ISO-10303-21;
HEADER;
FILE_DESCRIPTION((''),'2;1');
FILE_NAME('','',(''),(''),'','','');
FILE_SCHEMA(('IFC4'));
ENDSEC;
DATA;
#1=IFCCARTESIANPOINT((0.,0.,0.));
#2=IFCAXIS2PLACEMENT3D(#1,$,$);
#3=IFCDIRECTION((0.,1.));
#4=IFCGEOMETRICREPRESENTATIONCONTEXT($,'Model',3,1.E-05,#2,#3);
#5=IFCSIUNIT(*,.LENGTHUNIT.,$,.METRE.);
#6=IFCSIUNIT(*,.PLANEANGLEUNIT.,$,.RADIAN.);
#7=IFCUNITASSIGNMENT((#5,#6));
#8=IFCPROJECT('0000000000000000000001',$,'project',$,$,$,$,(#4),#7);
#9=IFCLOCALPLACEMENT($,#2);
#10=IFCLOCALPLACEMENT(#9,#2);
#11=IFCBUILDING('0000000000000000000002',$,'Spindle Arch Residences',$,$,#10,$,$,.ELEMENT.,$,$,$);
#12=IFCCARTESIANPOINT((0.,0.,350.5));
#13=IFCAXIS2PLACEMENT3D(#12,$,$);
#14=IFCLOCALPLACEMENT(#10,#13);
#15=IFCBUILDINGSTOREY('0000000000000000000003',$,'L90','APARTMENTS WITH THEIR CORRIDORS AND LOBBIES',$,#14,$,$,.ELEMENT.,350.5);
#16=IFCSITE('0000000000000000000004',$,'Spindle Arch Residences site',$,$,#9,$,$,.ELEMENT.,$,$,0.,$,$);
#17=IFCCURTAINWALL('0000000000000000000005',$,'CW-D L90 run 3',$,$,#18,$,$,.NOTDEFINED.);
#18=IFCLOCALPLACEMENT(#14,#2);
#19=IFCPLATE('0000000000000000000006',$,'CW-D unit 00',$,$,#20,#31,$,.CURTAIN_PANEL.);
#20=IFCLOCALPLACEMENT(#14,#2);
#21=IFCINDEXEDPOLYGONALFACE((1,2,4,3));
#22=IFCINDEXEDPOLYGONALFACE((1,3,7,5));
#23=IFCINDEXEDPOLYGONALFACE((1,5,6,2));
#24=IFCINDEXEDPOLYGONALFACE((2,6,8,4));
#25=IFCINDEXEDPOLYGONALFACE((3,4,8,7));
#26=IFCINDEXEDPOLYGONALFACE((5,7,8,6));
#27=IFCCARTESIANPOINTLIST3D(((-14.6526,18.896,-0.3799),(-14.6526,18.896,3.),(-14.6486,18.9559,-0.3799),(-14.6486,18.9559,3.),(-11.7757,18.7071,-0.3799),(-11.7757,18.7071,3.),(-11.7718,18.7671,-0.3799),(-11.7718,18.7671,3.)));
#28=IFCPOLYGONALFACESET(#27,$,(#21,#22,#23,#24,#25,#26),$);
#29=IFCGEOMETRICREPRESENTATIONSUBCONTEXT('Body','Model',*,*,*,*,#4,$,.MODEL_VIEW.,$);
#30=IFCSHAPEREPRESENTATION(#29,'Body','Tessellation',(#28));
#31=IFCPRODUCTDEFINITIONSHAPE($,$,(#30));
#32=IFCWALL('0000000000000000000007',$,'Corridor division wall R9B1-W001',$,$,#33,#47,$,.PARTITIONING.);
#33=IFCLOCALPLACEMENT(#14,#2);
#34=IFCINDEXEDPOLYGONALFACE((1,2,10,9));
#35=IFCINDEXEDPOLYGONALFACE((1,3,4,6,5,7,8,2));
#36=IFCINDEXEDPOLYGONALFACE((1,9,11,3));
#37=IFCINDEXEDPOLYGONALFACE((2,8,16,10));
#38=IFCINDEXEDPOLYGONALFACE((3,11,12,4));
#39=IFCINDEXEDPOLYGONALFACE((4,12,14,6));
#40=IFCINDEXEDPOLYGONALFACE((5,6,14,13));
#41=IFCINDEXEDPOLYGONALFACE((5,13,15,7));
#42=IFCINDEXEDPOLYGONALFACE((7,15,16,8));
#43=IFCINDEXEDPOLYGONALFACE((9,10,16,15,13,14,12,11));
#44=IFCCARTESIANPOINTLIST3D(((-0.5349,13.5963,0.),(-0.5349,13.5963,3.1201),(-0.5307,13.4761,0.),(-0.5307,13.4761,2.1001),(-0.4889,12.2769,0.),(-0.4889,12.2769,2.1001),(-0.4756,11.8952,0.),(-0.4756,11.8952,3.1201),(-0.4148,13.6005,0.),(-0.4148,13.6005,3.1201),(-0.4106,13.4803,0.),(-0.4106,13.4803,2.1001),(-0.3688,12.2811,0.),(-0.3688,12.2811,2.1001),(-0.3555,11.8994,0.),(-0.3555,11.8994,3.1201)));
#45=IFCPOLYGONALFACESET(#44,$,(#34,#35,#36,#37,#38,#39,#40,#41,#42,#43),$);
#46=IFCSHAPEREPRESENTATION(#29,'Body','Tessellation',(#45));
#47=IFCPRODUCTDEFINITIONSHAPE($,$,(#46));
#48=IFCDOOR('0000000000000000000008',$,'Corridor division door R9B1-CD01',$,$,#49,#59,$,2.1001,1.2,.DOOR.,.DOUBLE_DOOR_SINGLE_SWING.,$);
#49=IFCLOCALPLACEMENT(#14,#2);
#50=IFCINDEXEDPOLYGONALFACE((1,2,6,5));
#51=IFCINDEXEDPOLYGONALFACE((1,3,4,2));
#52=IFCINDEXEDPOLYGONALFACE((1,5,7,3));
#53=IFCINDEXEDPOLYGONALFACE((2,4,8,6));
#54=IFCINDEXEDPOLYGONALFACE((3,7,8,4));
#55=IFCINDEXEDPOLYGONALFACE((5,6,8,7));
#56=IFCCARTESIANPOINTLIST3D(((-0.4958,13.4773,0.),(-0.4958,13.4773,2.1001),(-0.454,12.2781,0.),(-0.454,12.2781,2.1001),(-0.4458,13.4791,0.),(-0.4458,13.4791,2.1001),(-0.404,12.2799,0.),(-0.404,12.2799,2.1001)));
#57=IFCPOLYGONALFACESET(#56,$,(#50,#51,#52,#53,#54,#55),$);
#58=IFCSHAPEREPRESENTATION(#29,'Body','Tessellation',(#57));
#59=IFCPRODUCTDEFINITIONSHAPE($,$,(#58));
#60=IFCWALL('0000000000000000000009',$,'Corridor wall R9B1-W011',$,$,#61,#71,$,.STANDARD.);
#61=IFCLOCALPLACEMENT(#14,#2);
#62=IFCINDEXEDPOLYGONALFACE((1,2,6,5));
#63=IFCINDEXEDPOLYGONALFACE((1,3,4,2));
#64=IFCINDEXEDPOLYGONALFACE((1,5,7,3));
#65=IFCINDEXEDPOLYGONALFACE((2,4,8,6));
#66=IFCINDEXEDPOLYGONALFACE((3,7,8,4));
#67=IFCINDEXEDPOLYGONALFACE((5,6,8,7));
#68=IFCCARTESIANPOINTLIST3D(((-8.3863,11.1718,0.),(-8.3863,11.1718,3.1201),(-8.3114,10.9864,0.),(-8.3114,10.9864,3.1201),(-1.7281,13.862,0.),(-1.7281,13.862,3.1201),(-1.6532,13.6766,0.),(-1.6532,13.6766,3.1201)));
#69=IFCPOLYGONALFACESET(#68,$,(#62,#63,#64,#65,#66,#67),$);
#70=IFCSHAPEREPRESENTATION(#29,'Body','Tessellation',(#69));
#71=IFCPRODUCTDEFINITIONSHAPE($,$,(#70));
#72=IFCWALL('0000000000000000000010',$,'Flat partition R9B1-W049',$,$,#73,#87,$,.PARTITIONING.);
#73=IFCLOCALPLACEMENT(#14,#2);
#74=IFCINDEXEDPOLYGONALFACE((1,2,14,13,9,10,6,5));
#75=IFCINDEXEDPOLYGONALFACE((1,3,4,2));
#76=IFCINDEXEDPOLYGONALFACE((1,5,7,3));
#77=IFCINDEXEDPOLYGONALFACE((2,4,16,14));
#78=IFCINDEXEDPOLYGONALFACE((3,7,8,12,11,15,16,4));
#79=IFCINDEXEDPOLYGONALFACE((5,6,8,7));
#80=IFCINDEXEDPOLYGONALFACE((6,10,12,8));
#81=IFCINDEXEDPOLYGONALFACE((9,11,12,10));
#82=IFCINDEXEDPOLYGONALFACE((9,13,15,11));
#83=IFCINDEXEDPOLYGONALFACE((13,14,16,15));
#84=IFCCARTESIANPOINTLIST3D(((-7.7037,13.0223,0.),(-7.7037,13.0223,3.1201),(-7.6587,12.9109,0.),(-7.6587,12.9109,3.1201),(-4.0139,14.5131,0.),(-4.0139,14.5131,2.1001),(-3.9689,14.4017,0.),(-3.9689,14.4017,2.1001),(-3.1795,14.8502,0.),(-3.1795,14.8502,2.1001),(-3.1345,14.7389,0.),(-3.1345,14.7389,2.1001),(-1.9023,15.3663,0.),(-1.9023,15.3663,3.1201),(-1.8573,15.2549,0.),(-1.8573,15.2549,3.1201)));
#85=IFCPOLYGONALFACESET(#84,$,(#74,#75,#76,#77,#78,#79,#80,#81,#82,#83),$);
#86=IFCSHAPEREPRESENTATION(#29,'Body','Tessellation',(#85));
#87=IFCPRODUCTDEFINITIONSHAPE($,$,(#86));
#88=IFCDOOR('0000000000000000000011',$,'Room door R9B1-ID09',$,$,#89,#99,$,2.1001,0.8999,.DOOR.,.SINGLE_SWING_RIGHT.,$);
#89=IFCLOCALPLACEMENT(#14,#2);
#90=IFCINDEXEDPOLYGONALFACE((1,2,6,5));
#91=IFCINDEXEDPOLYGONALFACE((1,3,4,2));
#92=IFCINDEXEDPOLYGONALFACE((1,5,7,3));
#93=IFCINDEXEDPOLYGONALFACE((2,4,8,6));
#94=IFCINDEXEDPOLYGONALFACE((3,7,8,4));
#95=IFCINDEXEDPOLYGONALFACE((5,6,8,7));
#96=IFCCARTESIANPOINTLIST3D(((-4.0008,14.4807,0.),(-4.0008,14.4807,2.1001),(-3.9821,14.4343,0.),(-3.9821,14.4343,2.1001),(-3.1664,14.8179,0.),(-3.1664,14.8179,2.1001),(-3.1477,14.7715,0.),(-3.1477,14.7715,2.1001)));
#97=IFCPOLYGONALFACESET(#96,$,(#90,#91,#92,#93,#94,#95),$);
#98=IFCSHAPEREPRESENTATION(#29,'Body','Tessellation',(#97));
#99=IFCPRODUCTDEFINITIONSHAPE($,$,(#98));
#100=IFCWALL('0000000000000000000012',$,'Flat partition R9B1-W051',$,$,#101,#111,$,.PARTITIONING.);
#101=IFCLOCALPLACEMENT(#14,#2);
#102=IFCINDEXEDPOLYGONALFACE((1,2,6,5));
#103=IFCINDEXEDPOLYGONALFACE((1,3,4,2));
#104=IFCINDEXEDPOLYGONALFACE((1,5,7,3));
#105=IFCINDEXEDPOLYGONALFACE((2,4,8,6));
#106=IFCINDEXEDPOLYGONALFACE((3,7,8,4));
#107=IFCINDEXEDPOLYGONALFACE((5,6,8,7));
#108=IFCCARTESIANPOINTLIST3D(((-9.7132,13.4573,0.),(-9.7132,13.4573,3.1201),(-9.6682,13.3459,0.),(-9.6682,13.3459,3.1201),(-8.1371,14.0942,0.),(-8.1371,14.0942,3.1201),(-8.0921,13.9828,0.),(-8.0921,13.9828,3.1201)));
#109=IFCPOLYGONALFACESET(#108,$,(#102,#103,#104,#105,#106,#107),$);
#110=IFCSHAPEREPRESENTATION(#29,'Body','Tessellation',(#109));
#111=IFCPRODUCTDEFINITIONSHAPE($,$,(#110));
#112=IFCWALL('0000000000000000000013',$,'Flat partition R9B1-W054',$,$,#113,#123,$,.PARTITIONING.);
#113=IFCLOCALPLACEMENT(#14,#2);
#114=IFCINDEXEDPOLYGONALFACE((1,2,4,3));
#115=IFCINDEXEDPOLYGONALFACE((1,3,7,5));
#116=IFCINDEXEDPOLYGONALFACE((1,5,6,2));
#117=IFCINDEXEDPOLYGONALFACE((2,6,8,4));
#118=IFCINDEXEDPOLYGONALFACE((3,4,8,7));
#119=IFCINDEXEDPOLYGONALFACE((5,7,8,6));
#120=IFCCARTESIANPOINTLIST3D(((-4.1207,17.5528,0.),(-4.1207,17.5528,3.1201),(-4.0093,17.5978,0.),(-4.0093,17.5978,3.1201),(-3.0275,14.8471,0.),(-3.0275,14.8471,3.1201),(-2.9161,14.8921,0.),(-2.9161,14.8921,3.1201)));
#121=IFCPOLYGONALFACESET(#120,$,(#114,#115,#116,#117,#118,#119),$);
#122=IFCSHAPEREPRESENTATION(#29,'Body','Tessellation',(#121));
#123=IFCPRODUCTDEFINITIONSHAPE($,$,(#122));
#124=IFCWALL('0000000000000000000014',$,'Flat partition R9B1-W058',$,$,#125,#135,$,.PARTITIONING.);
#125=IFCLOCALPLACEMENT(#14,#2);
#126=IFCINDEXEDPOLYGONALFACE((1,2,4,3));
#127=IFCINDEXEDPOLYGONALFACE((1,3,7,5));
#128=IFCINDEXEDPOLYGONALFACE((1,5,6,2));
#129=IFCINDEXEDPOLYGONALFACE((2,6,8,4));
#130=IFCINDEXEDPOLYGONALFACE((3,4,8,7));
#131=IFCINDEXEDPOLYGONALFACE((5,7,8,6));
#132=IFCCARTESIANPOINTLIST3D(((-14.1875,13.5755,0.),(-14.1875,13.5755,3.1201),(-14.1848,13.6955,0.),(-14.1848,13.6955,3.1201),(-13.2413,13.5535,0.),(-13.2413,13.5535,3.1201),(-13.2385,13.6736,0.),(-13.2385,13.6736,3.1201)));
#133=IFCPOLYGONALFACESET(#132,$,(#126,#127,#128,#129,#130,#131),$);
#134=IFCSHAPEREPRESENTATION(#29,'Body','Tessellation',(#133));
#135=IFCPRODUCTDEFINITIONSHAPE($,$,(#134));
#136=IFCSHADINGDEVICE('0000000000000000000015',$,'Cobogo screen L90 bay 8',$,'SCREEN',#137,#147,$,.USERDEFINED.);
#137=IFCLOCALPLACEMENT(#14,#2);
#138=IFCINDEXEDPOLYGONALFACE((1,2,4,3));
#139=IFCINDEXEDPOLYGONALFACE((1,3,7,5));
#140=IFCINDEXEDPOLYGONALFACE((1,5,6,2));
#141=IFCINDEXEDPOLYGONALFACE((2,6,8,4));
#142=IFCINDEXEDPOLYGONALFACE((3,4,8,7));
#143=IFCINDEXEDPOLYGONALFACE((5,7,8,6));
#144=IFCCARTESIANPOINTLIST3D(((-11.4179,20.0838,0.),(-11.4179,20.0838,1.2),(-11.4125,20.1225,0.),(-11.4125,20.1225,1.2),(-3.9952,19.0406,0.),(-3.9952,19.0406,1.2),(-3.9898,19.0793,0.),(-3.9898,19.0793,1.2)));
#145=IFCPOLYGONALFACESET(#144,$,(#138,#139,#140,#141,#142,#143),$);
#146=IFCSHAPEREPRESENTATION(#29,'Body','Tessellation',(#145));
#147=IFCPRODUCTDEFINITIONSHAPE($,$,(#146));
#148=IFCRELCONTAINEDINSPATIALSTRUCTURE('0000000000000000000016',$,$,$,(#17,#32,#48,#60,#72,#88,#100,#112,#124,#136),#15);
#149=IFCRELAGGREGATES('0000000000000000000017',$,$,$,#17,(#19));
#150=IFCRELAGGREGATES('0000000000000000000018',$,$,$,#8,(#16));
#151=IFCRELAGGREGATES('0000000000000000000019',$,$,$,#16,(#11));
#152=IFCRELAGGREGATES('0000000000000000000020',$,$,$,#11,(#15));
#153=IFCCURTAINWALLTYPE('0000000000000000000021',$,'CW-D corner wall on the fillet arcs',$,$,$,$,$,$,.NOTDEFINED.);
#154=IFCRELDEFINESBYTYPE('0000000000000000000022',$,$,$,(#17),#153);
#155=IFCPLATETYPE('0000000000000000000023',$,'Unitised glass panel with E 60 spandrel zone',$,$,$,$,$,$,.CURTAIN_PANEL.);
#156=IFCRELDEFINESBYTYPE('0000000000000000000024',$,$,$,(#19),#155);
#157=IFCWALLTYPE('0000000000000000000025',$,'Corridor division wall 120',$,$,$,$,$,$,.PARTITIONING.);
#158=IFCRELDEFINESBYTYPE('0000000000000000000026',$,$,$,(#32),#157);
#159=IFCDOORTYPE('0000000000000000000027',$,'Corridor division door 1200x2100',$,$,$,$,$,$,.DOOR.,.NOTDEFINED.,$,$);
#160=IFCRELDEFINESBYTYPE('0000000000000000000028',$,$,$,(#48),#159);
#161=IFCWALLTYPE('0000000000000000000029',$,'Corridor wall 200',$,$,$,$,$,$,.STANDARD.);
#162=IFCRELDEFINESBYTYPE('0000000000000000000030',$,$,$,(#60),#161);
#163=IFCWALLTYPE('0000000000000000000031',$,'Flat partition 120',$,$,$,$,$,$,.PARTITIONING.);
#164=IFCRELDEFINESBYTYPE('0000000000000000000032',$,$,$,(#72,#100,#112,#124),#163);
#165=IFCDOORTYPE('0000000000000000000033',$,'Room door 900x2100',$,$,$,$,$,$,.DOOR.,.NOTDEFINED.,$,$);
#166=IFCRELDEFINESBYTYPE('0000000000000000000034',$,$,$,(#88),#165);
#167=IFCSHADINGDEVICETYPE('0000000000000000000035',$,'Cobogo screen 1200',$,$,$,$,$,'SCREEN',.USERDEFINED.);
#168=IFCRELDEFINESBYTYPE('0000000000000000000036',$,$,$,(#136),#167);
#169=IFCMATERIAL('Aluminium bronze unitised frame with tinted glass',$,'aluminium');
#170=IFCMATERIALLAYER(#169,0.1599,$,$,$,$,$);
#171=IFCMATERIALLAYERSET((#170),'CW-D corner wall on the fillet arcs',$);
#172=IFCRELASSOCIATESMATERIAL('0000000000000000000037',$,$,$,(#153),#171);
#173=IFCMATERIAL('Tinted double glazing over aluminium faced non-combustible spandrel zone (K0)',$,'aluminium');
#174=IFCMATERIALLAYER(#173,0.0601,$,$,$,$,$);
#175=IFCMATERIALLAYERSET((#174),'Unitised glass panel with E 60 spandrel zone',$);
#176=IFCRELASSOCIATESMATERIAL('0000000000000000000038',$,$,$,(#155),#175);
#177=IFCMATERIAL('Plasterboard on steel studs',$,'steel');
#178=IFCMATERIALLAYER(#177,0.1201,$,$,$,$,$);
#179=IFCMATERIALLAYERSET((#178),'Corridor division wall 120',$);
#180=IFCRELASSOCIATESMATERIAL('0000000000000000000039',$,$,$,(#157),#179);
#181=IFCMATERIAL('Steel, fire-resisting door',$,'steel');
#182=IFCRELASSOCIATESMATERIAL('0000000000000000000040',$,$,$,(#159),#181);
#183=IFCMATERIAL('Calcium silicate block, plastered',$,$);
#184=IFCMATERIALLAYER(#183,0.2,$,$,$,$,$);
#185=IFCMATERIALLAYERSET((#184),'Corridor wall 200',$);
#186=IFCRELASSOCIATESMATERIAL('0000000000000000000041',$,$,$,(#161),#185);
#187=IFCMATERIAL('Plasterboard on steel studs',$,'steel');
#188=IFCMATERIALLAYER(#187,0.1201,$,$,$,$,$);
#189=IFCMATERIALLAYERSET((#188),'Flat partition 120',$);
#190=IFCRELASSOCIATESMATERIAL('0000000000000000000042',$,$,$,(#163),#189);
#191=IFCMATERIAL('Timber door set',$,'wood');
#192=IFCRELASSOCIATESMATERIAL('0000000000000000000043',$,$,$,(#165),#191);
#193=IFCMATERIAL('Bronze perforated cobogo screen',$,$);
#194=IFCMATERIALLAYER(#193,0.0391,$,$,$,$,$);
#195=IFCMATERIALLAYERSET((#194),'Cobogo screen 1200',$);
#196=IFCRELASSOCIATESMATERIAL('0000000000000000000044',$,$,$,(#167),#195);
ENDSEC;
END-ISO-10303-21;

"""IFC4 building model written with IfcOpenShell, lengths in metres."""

from ifc_helpers import new_model, si_unit, direction, frame, frame_2d, origin, origin_2d, place, context, subcontext, project, spatial, rectangle, extrude, material, layer, layer_set, type_object, element, fill, aggregate, save


model = new_model("IFC4")

# Units and contexts
model_context = context("Model", 3, precision=1e-05, world=origin(), true_north=direction((0.0, 1.0)))
body_context = subcontext(model_context, "Body", "Model", "MODEL_VIEW")
ifc_project = project(units=[si_unit("LENGTHUNIT", "METRE"), si_unit("PLANEANGLEUNIT", "RADIAN")], contexts=[model_context])

# Site, building, storey
site_placement = place(None, origin())
site = spatial("IfcSite", under=ifc_project, at=site_placement, Name="Spindle Arch Residences site", CompositionType="ELEMENT", RefElevation=0.0)
building_placement = place(site_placement, origin())
building = spatial("IfcBuilding", under=site, at=building_placement, Name="Spindle Arch Residences", CompositionType="ELEMENT")
storey_placement = place(building_placement, frame((0.0, 0.0, 350.5)))
storey = spatial("IfcBuildingStorey", under=building, at=storey_placement, Name="L90", Description="APARTMENTS WITH THEIR CORRIDORS AND LOBBIES", CompositionType="ELEMENT", Elevation=350.5)

# Curtain wall
ifc_material_1 = material(Name="Aluminium bronze unitised frame with tinted glass", Category="aluminium")
ifc_layer_1 = layer(ifc_material_1, 0.1599)
ifc_layer_set_1 = layer_set([ifc_layer_1], Name="CW-D corner wall on the fillet arcs")
curtain_wall_type_1 = type_object("IfcCurtainWallType", Name="CW-D corner wall on the fillet arcs", PredefinedType="NOTDEFINED", material=ifc_layer_set_1)
curtain_wall_1_placement = place(storey_placement, origin())
curtain_wall_1 = element("IfcCurtainWall", 1, at=curtain_wall_1_placement, inside=storey, type_object=curtain_wall_type_1, Name="CW-D L90 run 3", PredefinedType="NOTDEFINED")

# Plate
ifc_material_2 = material(Name="Tinted double glazing over aluminium faced non-combustible spandrel zone (K0)", Category="aluminium")
ifc_layer_2 = layer(ifc_material_2, 0.0601)
ifc_layer_set_2 = layer_set([ifc_layer_2], Name="Unitised glass panel with E 60 spandrel zone")
plate_type = type_object("IfcPlateType", Name="Unitised glass panel with E 60 spandrel zone", PredefinedType="CURTAIN_PANEL", material=ifc_layer_set_2)
plate_1_placement = place(storey_placement, frame((-13.2122, 18.8315, -0.3799), z_axis=(0.0, 0.0, 1.0), x_axis=(-0.997852, 0.06551, 0.0)))
plate_1 = element("IfcPlate", 2, at=plate_1_placement, type_object=plate_type, Name="CW-D unit 00", PredefinedType="CURTAIN_PANEL", context=body_context, shape_type="SweptSolid", body=[
    extrude(rectangle(XDim=2.8831, YDim=0.0601, at=origin_2d()), origin(), (0.0, 0.0, 1.0), 3.3799),
])
aggregate(curtain_wall_1, [plate_1])

# Wall, opening, door
ifc_material_3 = material(Name="Plasterboard on steel studs", Category="steel")
ifc_layer_3 = layer(ifc_material_3, 0.1201)
ifc_layer_set_3 = layer_set([ifc_layer_3], Name="Corridor division wall 120")
wall_type_1 = type_object("IfcWallType", Name="Corridor division wall 120", PredefinedType="PARTITIONING", material=ifc_layer_set_3)
wall_1_placement = place(storey_placement, frame((-0.4749, 13.5984, 0.0), z_axis=(0.0, 0.0, 1.0), x_axis=(0.034853, -0.999392, 0.0)))
wall_1 = element("IfcWall", 3, at=wall_1_placement, inside=storey, type_object=wall_type_1, Name="Corridor division wall R9B1-W001", PredefinedType="PARTITIONING", context=body_context, shape_type="SweptSolid", body=[
    extrude(rectangle(XDim=1.7021, YDim=0.1201, at=frame_2d((0.8511, 0.0))), origin(), (0.0, 0.0, 1.0), 3.1201),
])
opening_1_placement = place(wall_1_placement, frame((0.1201, 0.0, 0.0)))
opening_1 = element("IfcOpeningElement", 4, at=opening_1_placement, cuts=wall_1, PredefinedType="OPENING", context=body_context, shape_type="SweptSolid", body=[
    extrude(rectangle(XDim=1.2, YDim=2.1001, at=frame_2d((0.6001, 1.05))), frame((0.0, 0.0701, 0.0), z_axis=(0.0, -1.0, 0.0), x_axis=(1.0, 0.0, 0.0)), (0.0, 0.0, 1.0), 0.1401),
])
ifc_material_4 = material(Name="Steel, fire-resisting door", Category="steel")
door_type_1 = type_object("IfcDoorType", Name="Corridor division door 1200x2100", OperationType="NOTDEFINED", PredefinedType="DOOR", material=ifc_material_4)
door_1_placement = place(opening_1_placement, origin())
door_1 = element("IfcDoor", 5, at=door_1_placement, inside=storey, type_object=door_type_1, Name="Corridor division door R9B1-CD01", OperationType="DOUBLE_DOOR_SINGLE_SWING", OverallHeight=2.1001, OverallWidth=1.2, PredefinedType="DOOR", context=body_context, shape_type="SweptSolid", body=[
    extrude(rectangle(XDim=1.2, YDim=2.1001, at=frame_2d((0.6001, 1.05))), frame((0.0, 0.0249, 0.0), z_axis=(0.0, -1.0, 0.0), x_axis=(1.0, 0.0, 0.0)), (0.0, 0.0, 1.0), 0.05),
])
fill(opening_1, door_1)

# Wall
ifc_material_5 = material(Name="Calcium silicate block, plastered")
ifc_layer_4 = layer(ifc_material_5, 0.2)
ifc_layer_set_4 = layer_set([ifc_layer_4], Name="Corridor wall 200")
wall_type_2 = type_object("IfcWallType", Name="Corridor wall 200", PredefinedType="STANDARD", material=ifc_layer_set_4)
wall_2_placement = place(storey_placement, frame((-1.6907, 13.7693, 0.0), z_axis=(0.0, 0.0, 1.0), x_axis=(-0.927179, -0.374618, 0.0)))
element("IfcWall", 6, at=wall_2_placement, inside=storey, type_object=wall_type_2, Name="Corridor wall R9B1-W011", PredefinedType="STANDARD", context=body_context, shape_type="SweptSolid", body=[
    extrude(rectangle(XDim=7.1812, YDim=0.2, at=frame_2d((3.5906, 0.0))), origin(), (0.0, 0.0, 1.0), 3.1201),
])

# Wall, opening, door
ifc_material_6 = material(Name="Plasterboard on steel studs", Category="steel")
ifc_layer_5 = layer(ifc_material_6, 0.1201)
ifc_layer_set_5 = layer_set([ifc_layer_5], Name="Flat partition 120")
wall_type_3 = type_object("IfcWallType", Name="Flat partition 120", PredefinedType="PARTITIONING", material=ifc_layer_set_5)
wall_3_placement = place(storey_placement, frame((-1.8799, 15.3105, 0.0), z_axis=(0.0, 0.0, 1.0), x_axis=(-0.927182, -0.374611, 0.0)))
wall_3 = element("IfcWall", 7, at=wall_3_placement, inside=storey, type_object=wall_type_3, Name="Flat partition R9B1-W049", PredefinedType="PARTITIONING", context=body_context, shape_type="SweptSolid", body=[
    extrude(rectangle(XDim=6.2571, YDim=0.1201, at=frame_2d((3.1284, 0.0))), origin(), (0.0, 0.0, 1.0), 3.1201),
])
opening_2_placement = place(wall_3_placement, frame((1.3774, 0.0, 0.0)))
opening_2 = element("IfcOpeningElement", 8, at=opening_2_placement, cuts=wall_3, PredefinedType="OPENING", context=body_context, shape_type="SweptSolid", body=[
    extrude(rectangle(XDim=0.8999, YDim=2.1001, at=frame_2d((0.45, 1.05))), frame((0.0, 0.0701, 0.0), z_axis=(0.0, -1.0, 0.0), x_axis=(1.0, 0.0, 0.0)), (0.0, 0.0, 1.0), 0.1401),
])
ifc_material_7 = material(Name="Timber door set", Category="wood")
door_type_2 = type_object("IfcDoorType", Name="Room door 900x2100", OperationType="NOTDEFINED", PredefinedType="DOOR", material=ifc_material_7)
door_2_placement = place(opening_2_placement, origin())
door_2 = element("IfcDoor", 9, at=door_2_placement, inside=storey, type_object=door_type_2, Name="Room door R9B1-ID09", OperationType="SINGLE_SWING_RIGHT", OverallHeight=2.1001, OverallWidth=0.8999, PredefinedType="DOOR", context=body_context, shape_type="SweptSolid", body=[
    extrude(rectangle(XDim=0.8999, YDim=2.1001, at=frame_2d((0.45, 1.05))), frame((0.0, 0.0249, 0.0), z_axis=(0.0, -1.0, 0.0), x_axis=(1.0, 0.0, 0.0)), (0.0, 0.0, 1.0), 0.05),
])
fill(opening_2, door_2)

# Walls
wall_4_placement = place(storey_placement, frame((-8.1145, 14.0386, 0.0), z_axis=(0.0, 0.0, 1.0), x_axis=(-0.927154, -0.374681, 0.0)))
element("IfcWall", 10, at=wall_4_placement, inside=storey, type_object=wall_type_3, Name="Flat partition R9B1-W051", PredefinedType="PARTITIONING", context=body_context, shape_type="SweptSolid", body=[
    extrude(rectangle(XDim=1.7, YDim=0.1201, at=frame_2d((0.8501, 0.0))), origin(), (0.0, 0.0, 1.0), 3.1201),
])
wall_5_placement = place(storey_placement, frame((-4.0649, 17.5752, 0.0), z_axis=(0.0, 0.0, 1.0), x_axis=(0.374619, -0.927179, 0.0)))
element("IfcWall", 11, at=wall_5_placement, inside=storey, type_object=wall_type_3, Name="Flat partition R9B1-W054", PredefinedType="PARTITIONING", context=body_context, shape_type="SweptSolid", body=[
    extrude(rectangle(XDim=2.9182, YDim=0.1201, at=frame_2d((1.459, 0.0))), origin(), (0.0, 0.0, 1.0), 3.1201),
])
wall_6_placement = place(storey_placement, frame((-13.24, 13.6135, 0.0), z_axis=(0.0, 0.0, 1.0), x_axis=(-0.999731, 0.023214, 0.0)))
element("IfcWall", 12, at=wall_6_placement, inside=storey, type_object=wall_type_3, Name="Flat partition R9B1-W058", PredefinedType="PARTITIONING", context=body_context, shape_type="SweptSolid", body=[
    extrude(rectangle(XDim=0.9465, YDim=0.1201, at=frame_2d((0.4731, 0.0))), origin(), (0.0, 0.0, 1.0), 3.1201),
])

# Shading device
ifc_material_8 = material(Name="Bronze perforated cobogo screen")
ifc_layer_6 = layer(ifc_material_8, 0.0391)
ifc_layer_set_6 = layer_set([ifc_layer_6], Name="Cobogo screen 1200")
shading_device_type = type_object("IfcShadingDeviceType", Name="Cobogo screen 1200", ElementType="SCREEN", PredefinedType="USERDEFINED", material=ifc_layer_set_6)
shading_device_placement = place(storey_placement, frame((-7.7039, 19.5815, 0.0), z_axis=(0.0, 0.0, 1.0), x_axis=(-0.990268, 0.139173, 0.0)))
element("IfcShadingDevice", 13, at=shading_device_placement, inside=storey, type_object=shading_device_type, Name="Cobogo screen L90 bay 8", ObjectType="SCREEN", PredefinedType="USERDEFINED", context=body_context, shape_type="SweptSolid", body=[
    extrude(rectangle(XDim=7.4956, YDim=0.0391, at=origin_2d()), origin(), (0.0, 0.0, 1.0), 1.2),
])

save(model, "model.ifc")
